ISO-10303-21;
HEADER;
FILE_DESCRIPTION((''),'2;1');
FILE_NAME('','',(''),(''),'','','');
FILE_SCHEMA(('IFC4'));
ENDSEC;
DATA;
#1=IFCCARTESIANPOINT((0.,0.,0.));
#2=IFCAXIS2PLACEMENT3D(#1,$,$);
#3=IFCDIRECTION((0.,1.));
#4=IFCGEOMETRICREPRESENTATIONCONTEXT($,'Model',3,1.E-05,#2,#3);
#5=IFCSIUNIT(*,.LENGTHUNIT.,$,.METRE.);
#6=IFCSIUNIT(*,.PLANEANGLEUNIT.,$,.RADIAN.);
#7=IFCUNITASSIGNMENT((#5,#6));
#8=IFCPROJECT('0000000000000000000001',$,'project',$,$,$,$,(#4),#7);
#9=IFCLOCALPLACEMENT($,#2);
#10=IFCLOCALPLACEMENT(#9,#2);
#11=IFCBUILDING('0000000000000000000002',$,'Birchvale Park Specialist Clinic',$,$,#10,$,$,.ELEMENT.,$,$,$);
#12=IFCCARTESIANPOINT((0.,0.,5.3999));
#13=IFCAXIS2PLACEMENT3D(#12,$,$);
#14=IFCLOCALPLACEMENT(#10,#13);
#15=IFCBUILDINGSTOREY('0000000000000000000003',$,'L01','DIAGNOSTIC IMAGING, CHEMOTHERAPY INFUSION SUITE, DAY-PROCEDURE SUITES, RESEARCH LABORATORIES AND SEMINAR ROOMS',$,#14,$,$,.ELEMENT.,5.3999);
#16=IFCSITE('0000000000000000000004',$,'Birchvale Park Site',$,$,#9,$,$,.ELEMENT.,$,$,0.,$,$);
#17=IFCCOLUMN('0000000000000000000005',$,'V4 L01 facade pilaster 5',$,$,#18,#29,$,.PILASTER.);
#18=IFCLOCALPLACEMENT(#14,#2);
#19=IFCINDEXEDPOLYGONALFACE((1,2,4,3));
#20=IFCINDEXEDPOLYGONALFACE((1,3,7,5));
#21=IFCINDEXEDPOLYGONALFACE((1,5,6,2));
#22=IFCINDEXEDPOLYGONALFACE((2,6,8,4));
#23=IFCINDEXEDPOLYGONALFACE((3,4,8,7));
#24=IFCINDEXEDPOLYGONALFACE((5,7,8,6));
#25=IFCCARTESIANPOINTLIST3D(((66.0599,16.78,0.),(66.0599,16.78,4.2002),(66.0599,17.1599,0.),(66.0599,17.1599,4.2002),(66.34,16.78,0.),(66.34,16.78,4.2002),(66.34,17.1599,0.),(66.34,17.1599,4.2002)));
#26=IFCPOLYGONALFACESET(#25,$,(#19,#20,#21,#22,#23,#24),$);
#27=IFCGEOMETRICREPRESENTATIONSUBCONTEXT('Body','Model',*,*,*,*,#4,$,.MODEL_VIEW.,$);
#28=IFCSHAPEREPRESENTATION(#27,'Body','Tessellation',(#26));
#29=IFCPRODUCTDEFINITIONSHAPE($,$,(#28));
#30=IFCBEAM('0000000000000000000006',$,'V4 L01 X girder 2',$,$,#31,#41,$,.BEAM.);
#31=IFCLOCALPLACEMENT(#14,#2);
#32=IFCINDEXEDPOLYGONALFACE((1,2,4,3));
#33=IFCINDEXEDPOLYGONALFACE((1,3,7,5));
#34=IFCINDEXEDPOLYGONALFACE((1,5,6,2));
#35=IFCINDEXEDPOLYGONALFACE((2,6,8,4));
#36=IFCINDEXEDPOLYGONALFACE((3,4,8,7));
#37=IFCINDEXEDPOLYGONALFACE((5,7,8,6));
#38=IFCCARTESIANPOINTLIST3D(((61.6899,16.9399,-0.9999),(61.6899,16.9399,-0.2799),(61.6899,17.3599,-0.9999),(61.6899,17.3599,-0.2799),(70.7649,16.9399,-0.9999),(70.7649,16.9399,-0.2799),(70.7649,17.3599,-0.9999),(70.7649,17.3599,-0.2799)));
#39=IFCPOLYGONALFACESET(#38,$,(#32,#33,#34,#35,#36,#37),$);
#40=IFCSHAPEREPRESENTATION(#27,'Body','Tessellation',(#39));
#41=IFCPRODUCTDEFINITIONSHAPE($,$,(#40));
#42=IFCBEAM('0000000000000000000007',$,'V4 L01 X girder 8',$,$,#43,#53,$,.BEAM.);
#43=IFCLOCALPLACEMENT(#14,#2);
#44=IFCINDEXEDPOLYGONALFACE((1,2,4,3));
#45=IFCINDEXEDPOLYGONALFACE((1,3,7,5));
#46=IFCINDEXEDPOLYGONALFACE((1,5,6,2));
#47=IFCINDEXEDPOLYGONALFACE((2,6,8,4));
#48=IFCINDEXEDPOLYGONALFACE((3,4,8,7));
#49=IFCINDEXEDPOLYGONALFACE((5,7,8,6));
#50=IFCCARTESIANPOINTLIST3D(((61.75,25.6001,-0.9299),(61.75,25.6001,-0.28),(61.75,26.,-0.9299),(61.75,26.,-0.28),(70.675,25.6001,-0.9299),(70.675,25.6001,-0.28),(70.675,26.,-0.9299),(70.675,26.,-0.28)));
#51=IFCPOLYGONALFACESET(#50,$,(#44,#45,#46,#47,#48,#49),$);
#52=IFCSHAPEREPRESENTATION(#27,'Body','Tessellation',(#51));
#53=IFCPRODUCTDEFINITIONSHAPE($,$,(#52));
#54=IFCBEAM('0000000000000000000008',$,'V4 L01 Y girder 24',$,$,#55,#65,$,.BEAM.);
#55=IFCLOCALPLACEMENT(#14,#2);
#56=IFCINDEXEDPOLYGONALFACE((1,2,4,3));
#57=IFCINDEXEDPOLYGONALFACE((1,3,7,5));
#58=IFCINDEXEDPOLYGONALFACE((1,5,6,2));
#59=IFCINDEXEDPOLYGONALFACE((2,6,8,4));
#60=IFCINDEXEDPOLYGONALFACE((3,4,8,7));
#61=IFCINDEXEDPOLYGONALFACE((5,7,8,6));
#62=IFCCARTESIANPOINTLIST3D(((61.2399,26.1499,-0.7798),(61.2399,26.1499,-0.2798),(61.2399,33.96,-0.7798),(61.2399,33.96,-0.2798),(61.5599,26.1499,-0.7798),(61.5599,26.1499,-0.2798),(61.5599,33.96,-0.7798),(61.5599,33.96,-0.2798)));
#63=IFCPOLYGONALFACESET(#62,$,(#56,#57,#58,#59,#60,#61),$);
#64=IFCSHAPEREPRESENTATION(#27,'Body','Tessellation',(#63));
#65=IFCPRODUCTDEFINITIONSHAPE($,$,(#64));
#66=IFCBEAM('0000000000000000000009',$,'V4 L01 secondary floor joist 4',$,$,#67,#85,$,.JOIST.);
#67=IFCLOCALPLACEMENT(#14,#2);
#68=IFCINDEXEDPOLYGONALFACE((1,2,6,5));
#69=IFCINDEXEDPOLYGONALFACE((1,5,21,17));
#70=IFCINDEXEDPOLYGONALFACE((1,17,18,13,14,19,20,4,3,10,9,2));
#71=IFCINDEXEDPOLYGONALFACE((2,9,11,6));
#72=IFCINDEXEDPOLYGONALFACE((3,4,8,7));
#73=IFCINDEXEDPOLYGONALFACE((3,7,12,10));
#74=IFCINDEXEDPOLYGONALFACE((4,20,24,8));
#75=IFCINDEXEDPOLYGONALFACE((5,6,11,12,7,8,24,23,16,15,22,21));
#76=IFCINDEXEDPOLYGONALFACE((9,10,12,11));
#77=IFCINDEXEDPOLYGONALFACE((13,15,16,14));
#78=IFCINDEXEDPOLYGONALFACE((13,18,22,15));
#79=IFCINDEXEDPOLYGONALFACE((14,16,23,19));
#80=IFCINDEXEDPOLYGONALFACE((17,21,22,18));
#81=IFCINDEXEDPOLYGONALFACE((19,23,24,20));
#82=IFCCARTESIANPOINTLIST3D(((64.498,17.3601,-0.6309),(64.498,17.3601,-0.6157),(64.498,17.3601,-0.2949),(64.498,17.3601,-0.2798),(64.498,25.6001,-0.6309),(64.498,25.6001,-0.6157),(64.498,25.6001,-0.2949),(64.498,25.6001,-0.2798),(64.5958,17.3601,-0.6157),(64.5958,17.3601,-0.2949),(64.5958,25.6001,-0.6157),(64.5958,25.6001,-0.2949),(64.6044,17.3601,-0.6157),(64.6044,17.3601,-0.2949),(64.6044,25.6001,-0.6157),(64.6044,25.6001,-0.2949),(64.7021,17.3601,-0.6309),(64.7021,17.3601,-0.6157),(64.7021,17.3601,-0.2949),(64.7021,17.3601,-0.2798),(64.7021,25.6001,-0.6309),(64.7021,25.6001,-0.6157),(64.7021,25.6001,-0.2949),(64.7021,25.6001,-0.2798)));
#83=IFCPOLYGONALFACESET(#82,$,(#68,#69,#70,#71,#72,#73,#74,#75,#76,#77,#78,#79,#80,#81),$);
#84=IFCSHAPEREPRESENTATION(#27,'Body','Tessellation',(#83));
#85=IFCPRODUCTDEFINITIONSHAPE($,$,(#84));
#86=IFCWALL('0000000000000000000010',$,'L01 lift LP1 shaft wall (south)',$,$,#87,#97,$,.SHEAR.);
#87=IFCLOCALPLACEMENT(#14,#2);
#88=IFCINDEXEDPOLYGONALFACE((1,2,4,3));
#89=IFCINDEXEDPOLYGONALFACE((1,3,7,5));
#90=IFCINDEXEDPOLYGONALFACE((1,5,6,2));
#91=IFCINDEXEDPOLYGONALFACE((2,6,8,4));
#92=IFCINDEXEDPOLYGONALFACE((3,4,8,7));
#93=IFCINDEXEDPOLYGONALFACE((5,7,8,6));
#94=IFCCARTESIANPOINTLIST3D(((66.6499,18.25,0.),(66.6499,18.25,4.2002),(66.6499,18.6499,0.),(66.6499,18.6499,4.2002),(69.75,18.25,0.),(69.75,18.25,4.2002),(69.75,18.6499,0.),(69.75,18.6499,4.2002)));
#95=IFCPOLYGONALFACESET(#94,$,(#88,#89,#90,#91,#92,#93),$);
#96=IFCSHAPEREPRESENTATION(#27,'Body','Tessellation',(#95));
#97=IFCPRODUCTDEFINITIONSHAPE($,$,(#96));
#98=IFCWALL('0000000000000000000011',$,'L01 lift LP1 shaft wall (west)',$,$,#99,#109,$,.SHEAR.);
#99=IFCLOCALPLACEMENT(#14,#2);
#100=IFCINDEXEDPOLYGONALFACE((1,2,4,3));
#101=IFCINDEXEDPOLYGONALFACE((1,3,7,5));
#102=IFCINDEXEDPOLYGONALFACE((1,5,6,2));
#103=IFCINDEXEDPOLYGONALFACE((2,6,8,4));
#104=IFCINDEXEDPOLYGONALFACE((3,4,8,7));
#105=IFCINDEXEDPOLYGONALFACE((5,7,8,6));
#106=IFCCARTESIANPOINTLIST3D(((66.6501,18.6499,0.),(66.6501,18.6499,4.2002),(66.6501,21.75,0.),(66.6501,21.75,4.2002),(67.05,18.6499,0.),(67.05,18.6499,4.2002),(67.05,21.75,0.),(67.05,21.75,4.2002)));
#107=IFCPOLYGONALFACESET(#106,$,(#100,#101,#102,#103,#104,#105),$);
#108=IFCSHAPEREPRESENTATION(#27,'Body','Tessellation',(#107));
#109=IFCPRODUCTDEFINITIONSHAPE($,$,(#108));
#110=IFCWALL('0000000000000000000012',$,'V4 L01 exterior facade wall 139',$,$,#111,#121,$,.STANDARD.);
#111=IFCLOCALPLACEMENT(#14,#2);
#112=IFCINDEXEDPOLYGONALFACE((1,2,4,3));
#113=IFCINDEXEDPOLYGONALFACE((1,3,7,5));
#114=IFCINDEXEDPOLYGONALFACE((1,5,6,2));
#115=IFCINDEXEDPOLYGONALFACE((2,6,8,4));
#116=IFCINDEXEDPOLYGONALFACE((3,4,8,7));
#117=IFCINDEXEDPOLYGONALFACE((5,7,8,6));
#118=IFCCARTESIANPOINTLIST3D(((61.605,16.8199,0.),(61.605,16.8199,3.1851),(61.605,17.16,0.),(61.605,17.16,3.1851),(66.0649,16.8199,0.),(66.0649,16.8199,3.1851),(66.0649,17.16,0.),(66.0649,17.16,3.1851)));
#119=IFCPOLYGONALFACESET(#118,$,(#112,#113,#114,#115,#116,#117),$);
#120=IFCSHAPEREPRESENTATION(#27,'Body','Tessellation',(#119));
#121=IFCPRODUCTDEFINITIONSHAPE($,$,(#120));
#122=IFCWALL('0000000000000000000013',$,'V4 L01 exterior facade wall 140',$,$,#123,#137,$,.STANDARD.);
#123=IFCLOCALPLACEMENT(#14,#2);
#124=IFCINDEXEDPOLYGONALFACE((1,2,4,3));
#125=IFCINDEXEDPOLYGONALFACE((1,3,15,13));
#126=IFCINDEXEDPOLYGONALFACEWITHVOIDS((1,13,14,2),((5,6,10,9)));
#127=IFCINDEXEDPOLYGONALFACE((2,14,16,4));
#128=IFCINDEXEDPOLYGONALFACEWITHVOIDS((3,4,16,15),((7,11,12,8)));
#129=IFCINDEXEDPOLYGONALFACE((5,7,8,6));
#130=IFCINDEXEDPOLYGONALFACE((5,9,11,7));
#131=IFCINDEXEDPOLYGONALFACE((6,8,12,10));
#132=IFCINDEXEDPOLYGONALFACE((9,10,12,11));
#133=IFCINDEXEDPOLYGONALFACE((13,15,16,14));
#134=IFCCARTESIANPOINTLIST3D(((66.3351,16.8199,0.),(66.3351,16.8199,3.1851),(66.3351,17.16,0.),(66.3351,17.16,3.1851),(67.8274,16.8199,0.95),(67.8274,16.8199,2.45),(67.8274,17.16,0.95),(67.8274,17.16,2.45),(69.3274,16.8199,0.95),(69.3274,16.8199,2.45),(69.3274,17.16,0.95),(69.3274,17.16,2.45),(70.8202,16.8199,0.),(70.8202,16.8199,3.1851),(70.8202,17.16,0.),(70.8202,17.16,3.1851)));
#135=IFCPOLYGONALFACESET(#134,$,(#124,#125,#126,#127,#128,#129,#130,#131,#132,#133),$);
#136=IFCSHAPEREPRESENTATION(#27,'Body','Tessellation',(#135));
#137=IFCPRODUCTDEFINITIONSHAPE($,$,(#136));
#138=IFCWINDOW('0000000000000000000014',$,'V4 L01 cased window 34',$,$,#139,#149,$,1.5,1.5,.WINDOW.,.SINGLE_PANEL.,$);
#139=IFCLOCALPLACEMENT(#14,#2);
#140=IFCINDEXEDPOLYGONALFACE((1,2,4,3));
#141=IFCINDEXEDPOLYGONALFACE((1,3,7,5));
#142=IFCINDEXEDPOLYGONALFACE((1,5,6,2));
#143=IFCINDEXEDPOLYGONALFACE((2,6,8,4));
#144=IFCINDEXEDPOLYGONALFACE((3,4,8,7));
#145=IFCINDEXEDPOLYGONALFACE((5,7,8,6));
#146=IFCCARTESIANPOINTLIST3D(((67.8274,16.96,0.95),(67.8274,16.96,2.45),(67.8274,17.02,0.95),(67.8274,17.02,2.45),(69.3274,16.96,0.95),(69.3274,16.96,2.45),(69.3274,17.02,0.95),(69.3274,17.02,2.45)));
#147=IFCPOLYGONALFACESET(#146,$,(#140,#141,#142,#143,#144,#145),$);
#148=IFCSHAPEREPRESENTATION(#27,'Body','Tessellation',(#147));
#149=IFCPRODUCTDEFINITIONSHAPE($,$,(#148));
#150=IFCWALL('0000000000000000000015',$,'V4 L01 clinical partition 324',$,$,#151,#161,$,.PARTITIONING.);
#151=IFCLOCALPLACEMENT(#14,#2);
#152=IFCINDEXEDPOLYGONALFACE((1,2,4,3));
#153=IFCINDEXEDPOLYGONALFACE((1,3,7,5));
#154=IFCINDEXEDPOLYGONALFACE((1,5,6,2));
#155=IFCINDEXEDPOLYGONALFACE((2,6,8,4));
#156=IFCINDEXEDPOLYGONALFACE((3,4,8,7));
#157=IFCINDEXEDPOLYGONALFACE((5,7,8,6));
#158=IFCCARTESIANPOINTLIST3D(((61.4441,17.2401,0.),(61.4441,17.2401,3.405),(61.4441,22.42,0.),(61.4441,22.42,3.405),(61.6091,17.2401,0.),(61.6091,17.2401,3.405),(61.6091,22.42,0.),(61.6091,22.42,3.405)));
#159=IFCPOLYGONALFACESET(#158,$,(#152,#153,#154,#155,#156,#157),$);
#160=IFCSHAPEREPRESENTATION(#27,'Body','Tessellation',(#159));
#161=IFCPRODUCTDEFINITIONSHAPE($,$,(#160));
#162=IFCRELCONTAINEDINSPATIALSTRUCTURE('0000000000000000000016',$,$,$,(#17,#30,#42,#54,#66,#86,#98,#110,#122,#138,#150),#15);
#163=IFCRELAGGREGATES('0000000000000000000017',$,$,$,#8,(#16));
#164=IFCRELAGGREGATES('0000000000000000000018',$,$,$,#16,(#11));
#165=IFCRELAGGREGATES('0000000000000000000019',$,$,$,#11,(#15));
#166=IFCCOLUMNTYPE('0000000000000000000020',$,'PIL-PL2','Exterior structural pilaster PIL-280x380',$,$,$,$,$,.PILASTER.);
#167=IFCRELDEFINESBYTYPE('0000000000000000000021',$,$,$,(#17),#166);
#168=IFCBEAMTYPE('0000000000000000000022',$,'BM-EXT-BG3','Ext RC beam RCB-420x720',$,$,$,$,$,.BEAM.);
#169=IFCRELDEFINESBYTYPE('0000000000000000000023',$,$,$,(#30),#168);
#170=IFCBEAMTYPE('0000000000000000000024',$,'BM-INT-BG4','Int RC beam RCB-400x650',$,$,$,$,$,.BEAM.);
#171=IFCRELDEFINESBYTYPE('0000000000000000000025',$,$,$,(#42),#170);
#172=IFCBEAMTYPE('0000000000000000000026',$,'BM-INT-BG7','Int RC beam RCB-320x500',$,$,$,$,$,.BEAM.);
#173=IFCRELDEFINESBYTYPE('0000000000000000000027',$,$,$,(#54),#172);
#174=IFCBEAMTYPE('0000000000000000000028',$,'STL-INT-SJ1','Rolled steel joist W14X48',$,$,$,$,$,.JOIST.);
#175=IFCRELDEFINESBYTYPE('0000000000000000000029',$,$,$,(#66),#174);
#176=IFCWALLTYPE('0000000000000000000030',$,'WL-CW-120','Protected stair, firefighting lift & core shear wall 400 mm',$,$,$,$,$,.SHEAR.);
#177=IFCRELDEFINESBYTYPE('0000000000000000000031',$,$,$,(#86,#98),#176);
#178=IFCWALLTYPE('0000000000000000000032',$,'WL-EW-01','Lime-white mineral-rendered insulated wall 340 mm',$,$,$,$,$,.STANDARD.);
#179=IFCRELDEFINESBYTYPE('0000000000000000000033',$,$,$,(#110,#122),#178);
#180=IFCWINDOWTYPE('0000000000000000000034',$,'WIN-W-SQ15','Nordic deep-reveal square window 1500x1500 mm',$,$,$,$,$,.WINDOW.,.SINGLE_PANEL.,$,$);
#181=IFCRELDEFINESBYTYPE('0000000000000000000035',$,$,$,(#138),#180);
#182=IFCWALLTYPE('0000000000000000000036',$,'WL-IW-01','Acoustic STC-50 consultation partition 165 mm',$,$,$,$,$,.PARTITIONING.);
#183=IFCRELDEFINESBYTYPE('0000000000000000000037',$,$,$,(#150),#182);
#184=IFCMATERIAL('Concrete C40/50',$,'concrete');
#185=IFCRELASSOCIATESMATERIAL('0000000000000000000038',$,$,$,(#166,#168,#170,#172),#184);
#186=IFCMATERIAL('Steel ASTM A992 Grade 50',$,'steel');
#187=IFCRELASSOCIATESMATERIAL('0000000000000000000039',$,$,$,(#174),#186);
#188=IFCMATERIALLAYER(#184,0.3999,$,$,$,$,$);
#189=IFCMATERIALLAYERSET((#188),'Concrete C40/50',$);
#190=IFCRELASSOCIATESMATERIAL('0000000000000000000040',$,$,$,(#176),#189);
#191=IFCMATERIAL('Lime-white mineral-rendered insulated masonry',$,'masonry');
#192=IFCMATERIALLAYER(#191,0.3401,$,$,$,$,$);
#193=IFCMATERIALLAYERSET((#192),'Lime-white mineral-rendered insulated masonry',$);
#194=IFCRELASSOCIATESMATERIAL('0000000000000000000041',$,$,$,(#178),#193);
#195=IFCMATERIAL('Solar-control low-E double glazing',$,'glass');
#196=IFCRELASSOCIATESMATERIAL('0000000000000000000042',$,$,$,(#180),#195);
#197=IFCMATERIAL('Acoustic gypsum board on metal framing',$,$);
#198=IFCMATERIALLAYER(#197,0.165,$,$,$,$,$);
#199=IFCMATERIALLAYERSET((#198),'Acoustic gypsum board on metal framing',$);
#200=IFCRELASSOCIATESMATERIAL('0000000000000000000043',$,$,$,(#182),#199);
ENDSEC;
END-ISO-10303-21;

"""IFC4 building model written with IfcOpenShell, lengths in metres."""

from ifc_helpers import new_model, si_unit, direction, frame, frame_2d, origin, origin_2d, place, context, subcontext, project, spatial, rectangle, i_section, extrude, material, layer, layer_set, material_profile, profile_set, type_object, element, fill, save


model = new_model("IFC4")

# Units and contexts
model_context = context("Model", 3, precision=1e-05, world=origin(), true_north=direction((0.0, 1.0)))
body_context = subcontext(model_context, "Body", "Model", "MODEL_VIEW")
ifc_project = project(units=[si_unit("LENGTHUNIT", "METRE"), si_unit("PLANEANGLEUNIT", "RADIAN")], contexts=[model_context])

# Site, building, storey
site_placement = place(None, origin())
site = spatial("IfcSite", under=ifc_project, at=site_placement, Name="Birchvale Park Site", CompositionType="ELEMENT", RefElevation=0.0)
building_placement = place(site_placement, origin())
building = spatial("IfcBuilding", under=site, at=building_placement, Name="Birchvale Park Specialist Clinic", CompositionType="ELEMENT")
storey_placement = place(building_placement, frame((0.0, 0.0, 5.3999)))
storey = spatial("IfcBuildingStorey", under=building, at=storey_placement, Name="L01", Description="DIAGNOSTIC IMAGING, CHEMOTHERAPY INFUSION SUITE, DAY-PROCEDURE SUITES, RESEARCH LABORATORIES AND SEMINAR ROOMS", CompositionType="ELEMENT", Elevation=5.3999)

# Column
ifc_material_1 = material(Name="Concrete C40/50", Category="concrete")
ifc_material_profile_1 = material_profile(ifc_material_1, rectangle(XDim=0.28, YDim=0.3799, at=origin_2d()), Name="PIL-280x380")
ifc_profile_set_1 = profile_set([ifc_material_profile_1], Name="Concrete C40/50")
column_type = type_object("IfcColumnType", Name="PIL-PL2", Description="Exterior structural pilaster PIL-280x380", PredefinedType="PILASTER", material=ifc_profile_set_1)
column_placement = place(storey_placement, frame((66.2, 16.97, 0.0), z_axis=(0.0, 0.0, 1.0), x_axis=(1.0, 0.0, 0.0)))
element("IfcColumn", 1, at=column_placement, inside=storey, type_object=column_type, Name="V4 L01 facade pilaster 5", PredefinedType="PILASTER", context=body_context, shape_type="SweptSolid", body=[
    extrude(rectangle(XDim=0.28, YDim=0.3799, at=origin_2d()), origin(), (0.0, 0.0, 1.0), 4.2002),
])

# Beams
ifc_material_profile_2 = material_profile(ifc_material_1, rectangle(XDim=0.4199, YDim=0.72, at=origin_2d()), Name="RCB-420x720")
ifc_profile_set_2 = profile_set([ifc_material_profile_2], Name="Concrete C40/50")
beam_type_1 = type_object("IfcBeamType", Name="BM-EXT-BG3", Description="Ext RC beam RCB-420x720", PredefinedType="BEAM", material=ifc_profile_set_2)
beam_1_placement = place(storey_placement, frame((61.6899, 17.1499, -0.6399), z_axis=(1.0, 0.0, 0.0), x_axis=(0.0, 1.0, 0.0)))
element("IfcBeam", 2, at=beam_1_placement, inside=storey, type_object=beam_type_1, Name="V4 L01 X girder 2", PredefinedType="BEAM", context=body_context, shape_type="SweptSolid", body=[
    extrude(rectangle(XDim=0.4199, YDim=0.72, at=origin_2d()), origin(), (0.0, 0.0, 1.0), 9.075),
])
ifc_material_profile_3 = material_profile(ifc_material_1, rectangle(XDim=0.3999, YDim=0.6499, at=origin_2d()), Name="RCB-400x650")
ifc_profile_set_3 = profile_set([ifc_material_profile_3], Name="Concrete C40/50")
beam_type_2 = type_object("IfcBeamType", Name="BM-INT-BG4", Description="Int RC beam RCB-400x650", PredefinedType="BEAM", material=ifc_profile_set_3)
beam_2_placement = place(storey_placement, frame((61.75, 25.8, -0.605), z_axis=(1.0, 0.0, 0.0), x_axis=(0.0, 1.0, 0.0)))
element("IfcBeam", 3, at=beam_2_placement, inside=storey, type_object=beam_type_2, Name="V4 L01 X girder 8", PredefinedType="BEAM", context=body_context, shape_type="SweptSolid", body=[
    extrude(rectangle(XDim=0.3999, YDim=0.6499, at=origin_2d()), origin(), (0.0, 0.0, 1.0), 8.925),
])
ifc_material_profile_4 = material_profile(ifc_material_1, rectangle(XDim=0.3201, YDim=0.5, at=origin_2d()), Name="RCB-320x500")
ifc_profile_set_4 = profile_set([ifc_material_profile_4], Name="Concrete C40/50")
beam_type_3 = type_object("IfcBeamType", Name="BM-INT-BG7", Description="Int RC beam RCB-320x500", PredefinedType="BEAM", material=ifc_profile_set_4)
beam_3_placement = place(storey_placement, frame((61.3999, 26.1499, -0.5298), z_axis=(0.0, 1.0, 0.0), x_axis=(-1.0, 0.0, 0.0)))
element("IfcBeam", 4, at=beam_3_placement, inside=storey, type_object=beam_type_3, Name="V4 L01 Y girder 24", PredefinedType="BEAM", context=body_context, shape_type="SweptSolid", body=[
    extrude(rectangle(XDim=0.3201, YDim=0.5, at=origin_2d()), origin(), (0.0, 0.0, 1.0), 7.8101),
])
ifc_material_2 = material(Name="Steel ASTM A992 Grade 50", Category="steel")
ifc_material_profile_5 = material_profile(ifc_material_2, i_section(OverallWidth=0.2041, OverallDepth=0.3511, WebThickness=0.0085, FlangeThickness=0.0151, at=origin_2d()), Name="W14X48")
ifc_profile_set_5 = profile_set([ifc_material_profile_5], Name="Steel ASTM A992 Grade 50")
beam_type_4 = type_object("IfcBeamType", Name="STL-INT-SJ1", Description="Rolled steel joist W14X48", PredefinedType="JOIST", material=ifc_profile_set_5)
beam_4_placement = place(storey_placement, frame((64.6001, 17.3601, -0.4553), z_axis=(0.0, 1.0, 0.0), x_axis=(-1.0, 0.0, 0.0)))
element("IfcBeam", 5, at=beam_4_placement, inside=storey, type_object=beam_type_4, Name="V4 L01 secondary floor joist 4", PredefinedType="JOIST", context=body_context, shape_type="SweptSolid", body=[
    extrude(i_section(OverallWidth=0.2041, OverallDepth=0.3511, WebThickness=0.0085, FlangeThickness=0.0151, at=origin_2d()), origin(), (0.0, 0.0, 1.0), 8.24),
])

# Walls
ifc_layer_1 = layer(ifc_material_1, 0.3999)
ifc_layer_set_1 = layer_set([ifc_layer_1], Name="Concrete C40/50")
wall_type_1 = type_object("IfcWallType", Name="WL-CW-120", Description="Protected stair, firefighting lift & core shear wall 400 mm", PredefinedType="SHEAR", material=ifc_layer_set_1)
for number, where, z_axis, x_axis, name in (
    (6, (66.6499, 18.45, 0.0), (0.0, 0.0, 1.0), (1.0, 0.0, 0.0), "L01 lift LP1 shaft wall (south)"),
    (7, (66.8501, 18.6499, 0.0), (0.0, 0.0, 1.0), (0.0, 1.0, 0.0), "L01 lift LP1 shaft wall (west)"),
):
    element("IfcWall", number, at=place(storey_placement, frame(where, z_axis=z_axis, x_axis=x_axis)), inside=storey, type_object=wall_type_1, Name=name, PredefinedType="SHEAR", context=body_context, shape_type="SweptSolid", body=[
        extrude(rectangle(XDim=3.1001, YDim=0.3999, at=frame_2d((1.55, 0.0))), origin(), (0.0, 0.0, 1.0), 4.2002),
    ])
ifc_material_3 = material(Name="Lime-white mineral-rendered insulated masonry", Category="masonry")
ifc_layer_2 = layer(ifc_material_3, 0.3401)
ifc_layer_set_2 = layer_set([ifc_layer_2], Name="Lime-white mineral-rendered insulated masonry")
wall_type_2 = type_object("IfcWallType", Name="WL-EW-01", Description="Lime-white mineral-rendered insulated wall 340 mm", PredefinedType="STANDARD", material=ifc_layer_set_2)
wall_1_placement = place(storey_placement, frame((61.605, 16.99, 0.0), z_axis=(0.0, 0.0, 1.0), x_axis=(1.0, 0.0, 0.0)))
element("IfcWall", 8, at=wall_1_placement, inside=storey, type_object=wall_type_2, Name="V4 L01 exterior facade wall 139", PredefinedType="STANDARD", context=body_context, shape_type="SweptSolid", body=[
    extrude(rectangle(XDim=4.46, YDim=0.3401, at=frame_2d((2.23, 0.0))), origin(), (0.0, 0.0, 1.0), 3.1851),
])

# Wall, opening, window
wall_2_placement = place(storey_placement, frame((66.335, 16.99, 0.0), z_axis=(0.0, 0.0, 1.0), x_axis=(1.0, 0.0, 0.0)))
wall_2 = element("IfcWall", 9, at=wall_2_placement, inside=storey, type_object=wall_type_2, Name="V4 L01 exterior facade wall 140", PredefinedType="STANDARD", context=body_context, shape_type="SweptSolid", body=[
    extrude(rectangle(XDim=4.4851, YDim=0.3401, at=frame_2d((2.2427, 0.0))), origin(), (0.0, 0.0, 1.0), 3.1851),
])
opening_1_placement = place(wall_2_placement, frame((1.4924, 0.0, 0.95)))
opening_1 = element("IfcOpeningElement", 10, at=opening_1_placement, cuts=wall_2, PredefinedType="OPENING", context=body_context, shape_type="SweptSolid", body=[
    extrude(rectangle(XDim=1.5, YDim=1.5, at=frame_2d((0.75, 0.75))), frame((0.0, 0.1802, 0.0), z_axis=(0.0, -1.0, 0.0), x_axis=(1.0, 0.0, 0.0)), (0.0, 0.0, 1.0), 0.3601),
])
ifc_material_4 = material(Name="Solar-control low-E double glazing", Category="glass")
window_type = type_object("IfcWindowType", Name="WIN-W-SQ15", Description="Nordic deep-reveal square window 1500x1500 mm", PartitioningType="SINGLE_PANEL", PredefinedType="WINDOW", material=ifc_material_4)
window_placement = place(opening_1_placement, origin())
window = element("IfcWindow", 11, at=window_placement, inside=storey, type_object=window_type, Name="V4 L01 cased window 34", OverallHeight=1.5, OverallWidth=1.5, PartitioningType="SINGLE_PANEL", PredefinedType="WINDOW", context=body_context, shape_type="SweptSolid", body=[
    extrude(rectangle(XDim=1.5, YDim=1.5, at=frame_2d((0.75, 0.75))), frame((0.0, 0.03, 0.0), z_axis=(0.0, -1.0, 0.0), x_axis=(1.0, 0.0, 0.0)), (0.0, 0.0, 1.0), 0.0601),
])
fill(opening_1, window)

# Wall
ifc_material_5 = material(Name="Acoustic gypsum board on metal framing")
ifc_layer_3 = layer(ifc_material_5, 0.165)
ifc_layer_set_3 = layer_set([ifc_layer_3], Name="Acoustic gypsum board on metal framing")
wall_type_3 = type_object("IfcWallType", Name="WL-IW-01", Description="Acoustic STC-50 consultation partition 165 mm", PredefinedType="PARTITIONING", material=ifc_layer_set_3)
wall_3_placement = place(storey_placement, frame((61.5266, 22.4199, 0.0), z_axis=(0.0, 0.0, 1.0), x_axis=(0.0, -1.0, 0.0)))
element("IfcWall", 12, at=wall_3_placement, inside=storey, type_object=wall_type_3, Name="V4 L01 clinical partition 324", PredefinedType="PARTITIONING", context=body_context, shape_type="SweptSolid", body=[
    extrude(rectangle(XDim=5.1799, YDim=0.165, at=frame_2d((2.5898, 0.0))), origin(), (0.0, 0.0, 1.0), 3.405),
])

save(model, "model.ifc")
